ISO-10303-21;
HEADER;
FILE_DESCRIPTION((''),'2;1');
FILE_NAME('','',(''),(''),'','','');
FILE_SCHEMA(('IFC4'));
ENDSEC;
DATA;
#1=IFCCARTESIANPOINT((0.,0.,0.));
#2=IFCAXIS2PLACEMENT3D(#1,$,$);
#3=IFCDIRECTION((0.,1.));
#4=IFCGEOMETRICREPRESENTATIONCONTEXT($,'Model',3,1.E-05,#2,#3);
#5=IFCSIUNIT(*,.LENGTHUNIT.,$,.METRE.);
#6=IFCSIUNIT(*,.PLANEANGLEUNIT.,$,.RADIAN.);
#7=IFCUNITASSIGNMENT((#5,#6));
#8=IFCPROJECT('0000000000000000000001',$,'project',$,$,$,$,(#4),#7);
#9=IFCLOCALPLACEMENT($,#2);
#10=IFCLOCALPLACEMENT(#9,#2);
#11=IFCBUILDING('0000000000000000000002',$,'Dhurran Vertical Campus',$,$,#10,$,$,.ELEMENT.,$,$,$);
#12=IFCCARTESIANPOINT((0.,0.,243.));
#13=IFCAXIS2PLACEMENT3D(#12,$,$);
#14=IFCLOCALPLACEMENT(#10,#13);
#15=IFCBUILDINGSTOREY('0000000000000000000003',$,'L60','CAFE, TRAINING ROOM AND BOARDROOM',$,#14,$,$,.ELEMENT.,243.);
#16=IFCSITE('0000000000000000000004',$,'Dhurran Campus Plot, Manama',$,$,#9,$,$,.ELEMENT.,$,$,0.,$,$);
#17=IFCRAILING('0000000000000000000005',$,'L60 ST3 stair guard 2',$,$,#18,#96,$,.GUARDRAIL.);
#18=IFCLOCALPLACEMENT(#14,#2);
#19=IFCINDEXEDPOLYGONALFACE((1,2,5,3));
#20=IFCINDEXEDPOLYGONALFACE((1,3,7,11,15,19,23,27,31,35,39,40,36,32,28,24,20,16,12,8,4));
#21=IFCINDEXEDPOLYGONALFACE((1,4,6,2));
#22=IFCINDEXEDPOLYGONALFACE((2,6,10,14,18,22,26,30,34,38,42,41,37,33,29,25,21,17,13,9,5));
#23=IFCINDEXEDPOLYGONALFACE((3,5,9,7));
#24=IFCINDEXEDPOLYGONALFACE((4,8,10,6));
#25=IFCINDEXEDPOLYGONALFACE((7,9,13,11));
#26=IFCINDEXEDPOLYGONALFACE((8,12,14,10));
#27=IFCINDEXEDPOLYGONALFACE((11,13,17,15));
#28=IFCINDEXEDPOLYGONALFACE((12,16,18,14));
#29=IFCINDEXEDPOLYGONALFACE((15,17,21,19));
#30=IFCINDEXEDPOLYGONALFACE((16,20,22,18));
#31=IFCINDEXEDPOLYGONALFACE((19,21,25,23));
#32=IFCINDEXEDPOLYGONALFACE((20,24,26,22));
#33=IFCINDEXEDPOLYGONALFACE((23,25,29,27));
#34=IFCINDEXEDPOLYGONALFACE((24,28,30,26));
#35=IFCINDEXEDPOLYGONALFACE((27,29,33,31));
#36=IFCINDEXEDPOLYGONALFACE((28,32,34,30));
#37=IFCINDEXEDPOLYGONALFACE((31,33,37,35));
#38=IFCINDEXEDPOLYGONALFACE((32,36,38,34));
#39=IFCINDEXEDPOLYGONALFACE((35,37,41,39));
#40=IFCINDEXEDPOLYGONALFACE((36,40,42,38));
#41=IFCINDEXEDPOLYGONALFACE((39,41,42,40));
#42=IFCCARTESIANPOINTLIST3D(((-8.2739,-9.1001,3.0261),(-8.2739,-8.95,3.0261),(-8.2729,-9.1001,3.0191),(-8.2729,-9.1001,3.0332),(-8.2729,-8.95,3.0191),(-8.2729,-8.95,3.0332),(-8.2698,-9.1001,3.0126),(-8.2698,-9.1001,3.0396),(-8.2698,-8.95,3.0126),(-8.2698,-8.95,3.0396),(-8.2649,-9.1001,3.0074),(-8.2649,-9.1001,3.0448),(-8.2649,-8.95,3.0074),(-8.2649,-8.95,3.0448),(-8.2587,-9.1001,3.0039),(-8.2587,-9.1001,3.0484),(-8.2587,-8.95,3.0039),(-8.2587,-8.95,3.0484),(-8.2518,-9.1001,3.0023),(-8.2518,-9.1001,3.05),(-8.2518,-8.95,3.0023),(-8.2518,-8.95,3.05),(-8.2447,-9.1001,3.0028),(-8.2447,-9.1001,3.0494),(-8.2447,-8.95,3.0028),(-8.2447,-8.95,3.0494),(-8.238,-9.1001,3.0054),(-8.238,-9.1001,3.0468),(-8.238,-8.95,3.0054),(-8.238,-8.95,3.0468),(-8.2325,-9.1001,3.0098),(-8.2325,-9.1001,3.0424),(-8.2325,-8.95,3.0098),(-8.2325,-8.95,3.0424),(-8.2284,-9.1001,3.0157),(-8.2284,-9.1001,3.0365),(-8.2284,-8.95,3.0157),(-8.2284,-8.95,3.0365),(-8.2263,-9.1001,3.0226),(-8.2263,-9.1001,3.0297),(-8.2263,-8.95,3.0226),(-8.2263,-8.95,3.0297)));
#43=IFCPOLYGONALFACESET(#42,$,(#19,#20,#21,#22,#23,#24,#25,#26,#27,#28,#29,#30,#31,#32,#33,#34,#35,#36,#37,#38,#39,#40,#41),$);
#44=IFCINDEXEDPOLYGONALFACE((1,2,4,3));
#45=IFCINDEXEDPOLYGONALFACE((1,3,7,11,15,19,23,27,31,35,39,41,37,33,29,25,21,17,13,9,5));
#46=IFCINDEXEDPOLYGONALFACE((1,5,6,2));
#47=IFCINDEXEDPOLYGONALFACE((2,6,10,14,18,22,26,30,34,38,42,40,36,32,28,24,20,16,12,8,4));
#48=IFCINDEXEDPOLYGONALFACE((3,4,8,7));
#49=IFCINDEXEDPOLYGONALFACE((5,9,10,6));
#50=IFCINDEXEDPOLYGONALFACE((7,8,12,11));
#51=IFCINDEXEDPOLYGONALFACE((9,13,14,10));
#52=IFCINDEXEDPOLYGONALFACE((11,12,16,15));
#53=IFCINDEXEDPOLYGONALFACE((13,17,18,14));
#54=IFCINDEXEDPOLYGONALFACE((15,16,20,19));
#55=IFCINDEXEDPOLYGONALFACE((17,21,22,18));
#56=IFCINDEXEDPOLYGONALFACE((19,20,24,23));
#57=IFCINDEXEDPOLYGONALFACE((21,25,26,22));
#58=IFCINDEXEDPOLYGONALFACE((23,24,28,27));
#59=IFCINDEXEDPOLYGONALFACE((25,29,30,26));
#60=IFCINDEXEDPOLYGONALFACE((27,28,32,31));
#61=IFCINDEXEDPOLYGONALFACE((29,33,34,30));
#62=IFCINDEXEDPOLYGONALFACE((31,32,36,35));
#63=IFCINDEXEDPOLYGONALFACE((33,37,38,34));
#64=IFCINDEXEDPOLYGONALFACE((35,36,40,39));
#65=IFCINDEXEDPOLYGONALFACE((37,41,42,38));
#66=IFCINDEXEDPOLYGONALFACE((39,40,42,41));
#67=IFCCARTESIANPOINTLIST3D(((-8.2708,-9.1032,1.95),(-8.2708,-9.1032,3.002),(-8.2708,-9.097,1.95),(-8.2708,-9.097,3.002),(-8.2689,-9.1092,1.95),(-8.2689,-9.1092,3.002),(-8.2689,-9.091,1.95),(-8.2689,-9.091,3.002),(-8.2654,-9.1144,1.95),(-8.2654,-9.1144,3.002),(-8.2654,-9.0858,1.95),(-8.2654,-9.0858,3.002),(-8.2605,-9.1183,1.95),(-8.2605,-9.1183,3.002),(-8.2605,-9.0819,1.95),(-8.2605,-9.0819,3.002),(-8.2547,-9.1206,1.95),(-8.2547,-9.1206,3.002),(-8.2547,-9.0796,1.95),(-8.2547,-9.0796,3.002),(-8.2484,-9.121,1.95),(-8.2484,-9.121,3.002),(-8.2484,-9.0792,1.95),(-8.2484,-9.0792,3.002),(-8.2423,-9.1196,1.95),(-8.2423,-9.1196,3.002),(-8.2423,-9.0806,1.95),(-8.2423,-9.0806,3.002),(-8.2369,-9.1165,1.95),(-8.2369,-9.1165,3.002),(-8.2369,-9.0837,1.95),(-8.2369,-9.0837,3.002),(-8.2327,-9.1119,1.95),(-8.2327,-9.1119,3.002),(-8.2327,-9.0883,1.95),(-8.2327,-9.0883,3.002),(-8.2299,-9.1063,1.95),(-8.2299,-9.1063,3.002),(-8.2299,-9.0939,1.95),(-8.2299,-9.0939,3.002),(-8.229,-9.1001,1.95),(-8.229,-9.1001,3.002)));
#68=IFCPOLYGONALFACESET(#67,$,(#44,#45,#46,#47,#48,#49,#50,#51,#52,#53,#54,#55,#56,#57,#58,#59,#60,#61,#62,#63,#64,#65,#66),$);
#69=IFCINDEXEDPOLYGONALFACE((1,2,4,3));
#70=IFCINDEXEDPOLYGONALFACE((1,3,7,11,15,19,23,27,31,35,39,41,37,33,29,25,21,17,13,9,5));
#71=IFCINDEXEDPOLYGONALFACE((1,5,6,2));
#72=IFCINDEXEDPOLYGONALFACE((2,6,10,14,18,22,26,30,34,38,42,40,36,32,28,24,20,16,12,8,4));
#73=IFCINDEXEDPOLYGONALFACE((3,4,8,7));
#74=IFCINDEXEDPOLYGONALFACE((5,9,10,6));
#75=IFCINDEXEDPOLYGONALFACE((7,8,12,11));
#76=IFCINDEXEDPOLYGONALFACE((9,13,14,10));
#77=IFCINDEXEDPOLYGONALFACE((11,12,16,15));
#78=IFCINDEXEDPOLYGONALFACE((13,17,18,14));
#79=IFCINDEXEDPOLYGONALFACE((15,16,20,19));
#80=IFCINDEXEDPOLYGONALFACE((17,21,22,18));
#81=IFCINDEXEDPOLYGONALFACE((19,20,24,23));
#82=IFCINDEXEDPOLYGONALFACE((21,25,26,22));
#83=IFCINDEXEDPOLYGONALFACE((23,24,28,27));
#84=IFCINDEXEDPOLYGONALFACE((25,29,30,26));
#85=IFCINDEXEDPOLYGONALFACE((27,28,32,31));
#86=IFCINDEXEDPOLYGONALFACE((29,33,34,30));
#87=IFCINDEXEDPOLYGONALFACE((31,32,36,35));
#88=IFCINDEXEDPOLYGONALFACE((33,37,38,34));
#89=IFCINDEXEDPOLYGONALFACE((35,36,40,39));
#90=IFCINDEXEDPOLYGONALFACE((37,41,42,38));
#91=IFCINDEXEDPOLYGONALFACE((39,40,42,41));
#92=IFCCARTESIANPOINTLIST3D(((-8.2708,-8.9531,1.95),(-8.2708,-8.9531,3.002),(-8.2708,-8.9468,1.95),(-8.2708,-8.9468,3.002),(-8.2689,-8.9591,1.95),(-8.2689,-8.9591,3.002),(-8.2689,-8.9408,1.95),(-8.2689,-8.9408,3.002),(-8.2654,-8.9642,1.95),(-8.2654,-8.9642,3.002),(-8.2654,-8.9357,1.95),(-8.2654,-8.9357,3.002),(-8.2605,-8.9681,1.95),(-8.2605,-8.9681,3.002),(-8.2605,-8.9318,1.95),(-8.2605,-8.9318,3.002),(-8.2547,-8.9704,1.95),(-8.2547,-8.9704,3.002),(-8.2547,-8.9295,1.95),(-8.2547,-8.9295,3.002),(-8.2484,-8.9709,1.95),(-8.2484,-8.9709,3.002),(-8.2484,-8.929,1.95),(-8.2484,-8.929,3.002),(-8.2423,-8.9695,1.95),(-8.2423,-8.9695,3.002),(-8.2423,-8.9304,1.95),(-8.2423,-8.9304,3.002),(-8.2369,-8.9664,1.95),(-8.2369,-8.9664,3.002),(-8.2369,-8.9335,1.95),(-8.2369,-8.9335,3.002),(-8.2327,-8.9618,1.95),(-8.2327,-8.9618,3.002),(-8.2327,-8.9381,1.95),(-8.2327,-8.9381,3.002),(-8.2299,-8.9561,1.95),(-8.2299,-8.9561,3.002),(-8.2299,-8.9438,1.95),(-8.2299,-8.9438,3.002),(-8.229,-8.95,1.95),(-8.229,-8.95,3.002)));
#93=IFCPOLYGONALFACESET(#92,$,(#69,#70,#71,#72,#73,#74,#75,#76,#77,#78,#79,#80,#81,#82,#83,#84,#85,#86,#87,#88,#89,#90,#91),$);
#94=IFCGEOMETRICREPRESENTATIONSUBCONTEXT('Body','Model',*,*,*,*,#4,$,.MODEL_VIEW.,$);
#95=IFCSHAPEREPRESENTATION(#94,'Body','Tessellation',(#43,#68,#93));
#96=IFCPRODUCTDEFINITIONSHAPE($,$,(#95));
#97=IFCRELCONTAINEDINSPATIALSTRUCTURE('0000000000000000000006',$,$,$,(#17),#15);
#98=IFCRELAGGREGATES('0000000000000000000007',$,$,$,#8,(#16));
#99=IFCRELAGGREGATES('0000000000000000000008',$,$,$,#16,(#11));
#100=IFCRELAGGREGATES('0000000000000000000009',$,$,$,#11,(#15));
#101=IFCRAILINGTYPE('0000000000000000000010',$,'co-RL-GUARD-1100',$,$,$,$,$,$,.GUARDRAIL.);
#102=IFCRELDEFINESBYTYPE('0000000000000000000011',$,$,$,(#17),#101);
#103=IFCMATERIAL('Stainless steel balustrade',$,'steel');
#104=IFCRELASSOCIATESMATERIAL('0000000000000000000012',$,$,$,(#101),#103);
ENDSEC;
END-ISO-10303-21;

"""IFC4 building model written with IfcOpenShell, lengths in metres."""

from ifc_helpers import new_model, si_unit, direction, frame, origin, origin_2d, place, context, subcontext, project, spatial, circle, extrude, material, type_object, element, save


model = new_model("IFC4")

# Units and contexts
model_context = context("Model", 3, precision=1e-05, world=origin(), true_north=direction((0.0, 1.0)))
body_context = subcontext(model_context, "Body", "Model", "MODEL_VIEW")
ifc_project = project(units=[si_unit("LENGTHUNIT", "METRE"), si_unit("PLANEANGLEUNIT", "RADIAN")], contexts=[model_context])

# Site, building, storey
site_placement = place(None, origin())
site = spatial("IfcSite", under=ifc_project, at=site_placement, Name="Dhurran Campus Plot, Manama", CompositionType="ELEMENT", RefElevation=0.0)
building_placement = place(site_placement, origin())
building = spatial("IfcBuilding", under=site, at=building_placement, Name="Dhurran Vertical Campus", CompositionType="ELEMENT")
storey_placement = place(building_placement, frame((0.0, 0.0, 243.0)))
storey = spatial("IfcBuildingStorey", under=building, at=storey_placement, Name="L60", Description="CAFE, TRAINING ROOM AND BOARDROOM", CompositionType="ELEMENT", Elevation=243.0)

# Railing
ifc_material_1 = material(Name="Stainless steel balustrade", Category="steel")
railing_type_1 = type_object("IfcRailingType", Name="co-RL-GUARD-1100", PredefinedType="GUARDRAIL", material=ifc_material_1)
railing_1_placement = place(storey_placement, frame((-8.25, -9.1001, 1.95)))
element("IfcRailing", 1, at=railing_1_placement, inside=storey, type_object=railing_type_1, Name="L60 ST3 stair guard 2", PredefinedType="GUARDRAIL", context=body_context, shape_type="SweptSolid", body=[
    extrude(circle(Radius=0.0239, at=origin_2d()), frame((0.0, 0.0, 1.0762), z_axis=(0.0, 1.0, 0.0), x_axis=(-1.0, 0.0, 0.0)), (0.0, 0.0, 1.0), 0.1501),
    extrude(circle(Radius=0.021, at=origin_2d()), origin(), (0.0, 0.0, 1.0), 1.052),
    extrude(circle(Radius=0.021, at=origin_2d()), frame((0.0, 0.1501, 0.0)), (0.0, 0.0, 1.0), 1.052),
])

save(model, "model.ifc")
